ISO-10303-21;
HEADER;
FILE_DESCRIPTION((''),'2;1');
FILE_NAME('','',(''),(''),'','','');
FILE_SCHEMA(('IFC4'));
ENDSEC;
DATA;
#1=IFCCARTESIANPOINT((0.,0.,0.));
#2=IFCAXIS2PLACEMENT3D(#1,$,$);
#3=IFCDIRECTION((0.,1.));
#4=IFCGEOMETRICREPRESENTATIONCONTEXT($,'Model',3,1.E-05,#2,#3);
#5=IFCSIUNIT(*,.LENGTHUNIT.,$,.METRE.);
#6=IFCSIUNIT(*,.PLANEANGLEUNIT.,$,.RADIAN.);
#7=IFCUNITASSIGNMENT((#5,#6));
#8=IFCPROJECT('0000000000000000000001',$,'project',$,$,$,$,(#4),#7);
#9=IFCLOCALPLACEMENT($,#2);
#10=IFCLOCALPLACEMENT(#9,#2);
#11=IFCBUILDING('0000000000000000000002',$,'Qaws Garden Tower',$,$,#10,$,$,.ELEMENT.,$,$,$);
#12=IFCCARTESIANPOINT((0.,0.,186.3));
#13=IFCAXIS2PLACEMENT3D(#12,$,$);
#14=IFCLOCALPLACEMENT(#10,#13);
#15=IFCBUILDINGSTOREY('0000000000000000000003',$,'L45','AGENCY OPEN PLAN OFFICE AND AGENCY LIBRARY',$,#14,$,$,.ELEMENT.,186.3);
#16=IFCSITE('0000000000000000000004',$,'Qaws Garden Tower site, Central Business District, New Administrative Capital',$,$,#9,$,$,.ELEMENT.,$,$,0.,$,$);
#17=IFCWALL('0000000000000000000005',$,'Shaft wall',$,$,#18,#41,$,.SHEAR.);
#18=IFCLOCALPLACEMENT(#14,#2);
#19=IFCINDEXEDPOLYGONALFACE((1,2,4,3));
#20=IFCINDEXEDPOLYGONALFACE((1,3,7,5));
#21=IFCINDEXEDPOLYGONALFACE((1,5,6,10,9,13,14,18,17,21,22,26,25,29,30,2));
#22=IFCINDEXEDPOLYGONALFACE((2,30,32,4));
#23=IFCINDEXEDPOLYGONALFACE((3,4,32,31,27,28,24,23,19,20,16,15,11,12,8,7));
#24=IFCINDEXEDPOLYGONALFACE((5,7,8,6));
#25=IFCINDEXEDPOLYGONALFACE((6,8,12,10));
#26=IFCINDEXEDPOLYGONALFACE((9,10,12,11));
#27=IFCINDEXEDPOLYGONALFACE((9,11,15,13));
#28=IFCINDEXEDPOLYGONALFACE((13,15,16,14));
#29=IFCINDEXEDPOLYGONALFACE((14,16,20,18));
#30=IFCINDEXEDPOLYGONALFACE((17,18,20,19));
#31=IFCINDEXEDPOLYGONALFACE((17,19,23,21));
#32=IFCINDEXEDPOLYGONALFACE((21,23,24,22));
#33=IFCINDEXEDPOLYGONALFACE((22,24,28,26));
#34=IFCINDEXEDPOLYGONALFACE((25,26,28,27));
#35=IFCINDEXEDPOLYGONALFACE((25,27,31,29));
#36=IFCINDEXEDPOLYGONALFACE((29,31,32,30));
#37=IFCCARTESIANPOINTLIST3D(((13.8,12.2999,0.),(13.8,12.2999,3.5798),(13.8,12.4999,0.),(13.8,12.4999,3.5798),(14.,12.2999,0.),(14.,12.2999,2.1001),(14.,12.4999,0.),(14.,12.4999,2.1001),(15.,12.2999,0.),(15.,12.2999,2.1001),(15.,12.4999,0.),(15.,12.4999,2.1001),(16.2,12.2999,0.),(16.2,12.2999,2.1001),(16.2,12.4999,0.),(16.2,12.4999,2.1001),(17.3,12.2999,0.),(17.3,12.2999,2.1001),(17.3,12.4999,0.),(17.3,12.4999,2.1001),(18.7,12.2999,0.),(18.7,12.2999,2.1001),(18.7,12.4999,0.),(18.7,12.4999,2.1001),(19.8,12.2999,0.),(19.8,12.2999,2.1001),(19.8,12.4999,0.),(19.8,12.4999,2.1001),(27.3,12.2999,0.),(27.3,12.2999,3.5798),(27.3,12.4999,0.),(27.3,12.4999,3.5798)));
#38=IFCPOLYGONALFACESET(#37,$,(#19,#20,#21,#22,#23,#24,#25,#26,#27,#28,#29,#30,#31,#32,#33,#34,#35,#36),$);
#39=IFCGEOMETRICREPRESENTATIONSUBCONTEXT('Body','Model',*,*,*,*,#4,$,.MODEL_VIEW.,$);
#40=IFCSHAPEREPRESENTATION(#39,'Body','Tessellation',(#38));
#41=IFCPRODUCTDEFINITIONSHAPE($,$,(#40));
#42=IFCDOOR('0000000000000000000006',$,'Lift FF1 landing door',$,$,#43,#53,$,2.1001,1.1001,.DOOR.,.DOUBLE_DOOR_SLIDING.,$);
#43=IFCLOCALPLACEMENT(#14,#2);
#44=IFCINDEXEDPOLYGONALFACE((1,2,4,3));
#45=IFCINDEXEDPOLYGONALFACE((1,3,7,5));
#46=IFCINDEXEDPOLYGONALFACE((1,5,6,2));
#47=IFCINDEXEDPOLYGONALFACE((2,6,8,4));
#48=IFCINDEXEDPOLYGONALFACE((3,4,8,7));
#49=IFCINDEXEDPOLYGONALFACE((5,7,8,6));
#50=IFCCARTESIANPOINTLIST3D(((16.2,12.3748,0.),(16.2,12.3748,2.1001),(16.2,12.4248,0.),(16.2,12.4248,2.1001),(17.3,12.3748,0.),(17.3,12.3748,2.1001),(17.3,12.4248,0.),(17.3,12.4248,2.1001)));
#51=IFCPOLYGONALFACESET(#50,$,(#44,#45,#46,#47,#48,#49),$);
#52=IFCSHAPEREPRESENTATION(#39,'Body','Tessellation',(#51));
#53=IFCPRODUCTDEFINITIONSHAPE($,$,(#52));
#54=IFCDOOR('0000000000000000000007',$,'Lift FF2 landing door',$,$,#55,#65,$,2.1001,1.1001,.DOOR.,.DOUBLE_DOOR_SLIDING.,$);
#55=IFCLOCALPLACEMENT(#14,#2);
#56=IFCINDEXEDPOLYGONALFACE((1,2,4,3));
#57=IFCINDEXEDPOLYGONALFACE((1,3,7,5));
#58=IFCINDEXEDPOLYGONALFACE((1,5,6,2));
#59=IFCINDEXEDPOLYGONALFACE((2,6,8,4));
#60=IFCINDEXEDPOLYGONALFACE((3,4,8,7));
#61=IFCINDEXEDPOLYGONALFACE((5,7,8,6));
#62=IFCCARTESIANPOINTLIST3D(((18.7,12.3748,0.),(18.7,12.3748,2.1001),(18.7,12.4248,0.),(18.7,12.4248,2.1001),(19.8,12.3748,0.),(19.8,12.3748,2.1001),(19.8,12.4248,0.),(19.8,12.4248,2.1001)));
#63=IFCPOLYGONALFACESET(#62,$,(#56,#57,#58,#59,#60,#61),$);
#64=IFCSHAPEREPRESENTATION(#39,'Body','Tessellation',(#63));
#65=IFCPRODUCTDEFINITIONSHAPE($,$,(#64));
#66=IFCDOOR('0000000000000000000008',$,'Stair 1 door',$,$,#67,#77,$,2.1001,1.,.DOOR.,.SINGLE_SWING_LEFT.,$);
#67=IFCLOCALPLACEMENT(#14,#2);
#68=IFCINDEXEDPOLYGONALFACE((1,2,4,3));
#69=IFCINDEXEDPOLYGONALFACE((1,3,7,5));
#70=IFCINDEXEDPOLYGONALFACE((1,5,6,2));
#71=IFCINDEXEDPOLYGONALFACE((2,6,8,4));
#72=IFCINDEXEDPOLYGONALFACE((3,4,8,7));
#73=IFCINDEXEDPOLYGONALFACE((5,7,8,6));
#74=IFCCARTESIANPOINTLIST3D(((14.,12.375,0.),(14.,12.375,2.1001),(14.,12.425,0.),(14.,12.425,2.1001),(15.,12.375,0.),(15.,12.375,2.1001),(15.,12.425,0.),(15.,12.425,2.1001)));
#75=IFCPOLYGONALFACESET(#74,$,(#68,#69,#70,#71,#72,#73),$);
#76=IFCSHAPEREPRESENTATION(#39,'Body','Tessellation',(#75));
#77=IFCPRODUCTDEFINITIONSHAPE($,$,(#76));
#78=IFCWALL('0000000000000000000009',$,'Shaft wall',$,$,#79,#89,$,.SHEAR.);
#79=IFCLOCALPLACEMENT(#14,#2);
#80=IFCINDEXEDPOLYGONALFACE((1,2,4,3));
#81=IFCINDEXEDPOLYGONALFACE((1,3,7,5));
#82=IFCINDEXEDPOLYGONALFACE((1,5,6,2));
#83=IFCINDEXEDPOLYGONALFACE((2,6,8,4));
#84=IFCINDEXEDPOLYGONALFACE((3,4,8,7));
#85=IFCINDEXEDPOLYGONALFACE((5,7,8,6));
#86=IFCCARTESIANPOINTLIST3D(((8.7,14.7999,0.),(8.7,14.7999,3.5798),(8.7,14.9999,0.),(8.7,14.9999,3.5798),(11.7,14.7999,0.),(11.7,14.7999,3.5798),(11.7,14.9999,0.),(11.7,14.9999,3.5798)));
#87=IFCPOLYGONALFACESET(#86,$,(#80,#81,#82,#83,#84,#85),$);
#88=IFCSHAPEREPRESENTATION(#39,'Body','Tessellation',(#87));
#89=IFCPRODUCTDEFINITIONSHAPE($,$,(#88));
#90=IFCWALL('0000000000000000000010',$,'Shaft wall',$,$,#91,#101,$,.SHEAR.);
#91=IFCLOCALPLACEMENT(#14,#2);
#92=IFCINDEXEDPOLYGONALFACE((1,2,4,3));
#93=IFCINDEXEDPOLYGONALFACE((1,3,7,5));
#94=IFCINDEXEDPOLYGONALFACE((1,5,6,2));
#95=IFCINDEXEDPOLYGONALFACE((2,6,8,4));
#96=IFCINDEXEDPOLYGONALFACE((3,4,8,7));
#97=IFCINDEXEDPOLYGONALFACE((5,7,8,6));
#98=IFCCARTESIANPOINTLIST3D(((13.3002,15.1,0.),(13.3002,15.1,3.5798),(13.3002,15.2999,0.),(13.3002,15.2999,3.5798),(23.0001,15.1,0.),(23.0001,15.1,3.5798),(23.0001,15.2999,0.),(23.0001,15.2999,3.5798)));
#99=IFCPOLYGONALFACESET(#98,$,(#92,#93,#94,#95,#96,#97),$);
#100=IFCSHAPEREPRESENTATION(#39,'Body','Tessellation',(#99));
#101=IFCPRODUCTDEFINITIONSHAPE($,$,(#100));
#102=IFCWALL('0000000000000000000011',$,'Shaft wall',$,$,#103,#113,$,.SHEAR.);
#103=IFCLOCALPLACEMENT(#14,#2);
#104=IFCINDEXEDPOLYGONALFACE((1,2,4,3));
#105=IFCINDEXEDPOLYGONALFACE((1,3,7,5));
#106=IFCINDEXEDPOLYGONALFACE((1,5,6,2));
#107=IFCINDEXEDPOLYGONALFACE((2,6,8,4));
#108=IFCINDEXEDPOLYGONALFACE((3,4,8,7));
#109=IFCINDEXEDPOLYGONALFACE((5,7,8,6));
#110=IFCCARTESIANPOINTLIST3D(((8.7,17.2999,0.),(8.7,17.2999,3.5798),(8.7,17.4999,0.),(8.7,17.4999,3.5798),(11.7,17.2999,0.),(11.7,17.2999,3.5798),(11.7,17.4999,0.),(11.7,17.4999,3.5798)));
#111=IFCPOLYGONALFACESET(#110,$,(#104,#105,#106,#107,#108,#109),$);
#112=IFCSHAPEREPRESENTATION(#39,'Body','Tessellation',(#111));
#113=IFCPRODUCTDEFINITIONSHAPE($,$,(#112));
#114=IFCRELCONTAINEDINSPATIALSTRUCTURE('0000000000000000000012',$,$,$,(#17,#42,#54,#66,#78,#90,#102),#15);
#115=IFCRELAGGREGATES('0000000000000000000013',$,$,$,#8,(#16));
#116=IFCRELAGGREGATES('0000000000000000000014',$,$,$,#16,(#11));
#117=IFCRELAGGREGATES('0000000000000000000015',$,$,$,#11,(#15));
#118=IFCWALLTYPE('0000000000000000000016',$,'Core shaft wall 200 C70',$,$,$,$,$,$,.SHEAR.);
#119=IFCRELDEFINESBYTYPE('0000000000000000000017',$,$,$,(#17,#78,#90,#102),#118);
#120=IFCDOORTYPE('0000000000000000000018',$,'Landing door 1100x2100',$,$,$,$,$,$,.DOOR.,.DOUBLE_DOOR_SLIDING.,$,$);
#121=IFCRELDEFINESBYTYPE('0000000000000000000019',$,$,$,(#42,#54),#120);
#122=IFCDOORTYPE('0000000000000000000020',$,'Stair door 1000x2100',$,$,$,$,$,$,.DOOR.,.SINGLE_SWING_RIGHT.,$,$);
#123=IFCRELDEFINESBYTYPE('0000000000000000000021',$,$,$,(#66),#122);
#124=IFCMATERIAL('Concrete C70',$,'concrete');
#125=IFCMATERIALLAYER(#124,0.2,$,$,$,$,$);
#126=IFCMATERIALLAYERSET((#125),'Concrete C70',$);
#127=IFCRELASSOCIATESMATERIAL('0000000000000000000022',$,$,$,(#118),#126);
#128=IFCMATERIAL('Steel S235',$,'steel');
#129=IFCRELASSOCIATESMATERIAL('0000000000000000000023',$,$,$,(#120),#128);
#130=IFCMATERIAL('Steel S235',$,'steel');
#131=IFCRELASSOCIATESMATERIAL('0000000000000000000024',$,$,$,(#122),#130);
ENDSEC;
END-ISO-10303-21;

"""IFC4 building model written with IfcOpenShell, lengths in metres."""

from ifc_helpers import new_model, si_unit, direction, frame, frame_2d, origin, place, context, subcontext, project, spatial, rectangle, extrude, material, layer, layer_set, type_object, element, fill, save


model = new_model("IFC4")

# Units and contexts
model_context = context("Model", 3, precision=1e-05, world=origin(), true_north=direction((0.0, 1.0)))
body_context = subcontext(model_context, "Body", "Model", "MODEL_VIEW")
ifc_project = project(units=[si_unit("LENGTHUNIT", "METRE"), si_unit("PLANEANGLEUNIT", "RADIAN")], contexts=[model_context])

# Site, building, storey
site_placement = place(None, origin())
site = spatial("IfcSite", under=ifc_project, at=site_placement, Name="Qaws Garden Tower site, Central Business District, New Administrative Capital", CompositionType="ELEMENT", RefElevation=0.0)
building_placement = place(site_placement, origin())
building = spatial("IfcBuilding", under=site, at=building_placement, Name="Qaws Garden Tower", CompositionType="ELEMENT")
storey_placement = place(building_placement, frame((0.0, 0.0, 186.3)))
storey = spatial("IfcBuildingStorey", under=building, at=storey_placement, Name="L45", Description="AGENCY OPEN PLAN OFFICE AND AGENCY LIBRARY", CompositionType="ELEMENT", Elevation=186.3)

# Shared definitions
ifc_material_1 = material(Name="Concrete C70", Category="concrete")
ifc_layer_1 = layer(ifc_material_1, 0.2)
ifc_layer_set_1 = layer_set([ifc_layer_1], Name="Concrete C70")
wall_type_1 = type_object("IfcWallType", Name="Core shaft wall 200 C70", PredefinedType="SHEAR", material=ifc_layer_set_1)

# Wall, openings, doors
wall_1_placement = place(storey_placement, frame((13.8, 12.3999, 0.0), z_axis=(0.0, 0.0, 1.0), x_axis=(1.0, 0.0, 0.0)))
wall_1 = element("IfcWall", 1, at=wall_1_placement, inside=storey, type_object=wall_type_1, Name="Shaft wall", PredefinedType="SHEAR", context=body_context, shape_type="SweptSolid", body=[
    extrude(rectangle(XDim=13.5, YDim=0.2, at=frame_2d((6.75, 0.0))), origin(), (0.0, 0.0, 1.0), 3.5798),
])
opening_1_placement = place(wall_1_placement, frame((2.3999, 0.0, 0.0)))
opening_1 = element("IfcOpeningElement", 2, at=opening_1_placement, cuts=wall_1, PredefinedType="OPENING", context=body_context, shape_type="SweptSolid", body=[
    extrude(rectangle(XDim=1.1001, YDim=2.1001, at=frame_2d((0.55, 1.05))), frame((0.0, 0.1099, 0.0), z_axis=(0.0, -1.0, 0.0), x_axis=(1.0, 0.0, 0.0)), (0.0, 0.0, 1.0), 0.22),
])
opening_2_placement = place(wall_1_placement, frame((4.8999, 0.0, 0.0)))
opening_2 = element("IfcOpeningElement", 3, at=opening_2_placement, cuts=wall_1, PredefinedType="OPENING", context=body_context, shape_type="SweptSolid", body=[
    extrude(rectangle(XDim=1.1001, YDim=2.1001, at=frame_2d((0.55, 1.05))), frame((0.0, 0.1099, 0.0), z_axis=(0.0, -1.0, 0.0), x_axis=(1.0, 0.0, 0.0)), (0.0, 0.0, 1.0), 0.22),
])
opening_3_placement = place(wall_1_placement, frame((0.2, 0.0, 0.0)))
opening_3 = element("IfcOpeningElement", 4, at=opening_3_placement, cuts=wall_1, PredefinedType="OPENING", context=body_context, shape_type="SweptSolid", body=[
    extrude(rectangle(XDim=1.0, YDim=2.1001, at=frame_2d((0.5, 1.05))), frame((0.0, 0.1099, 0.0), z_axis=(0.0, -1.0, 0.0), x_axis=(1.0, 0.0, 0.0)), (0.0, 0.0, 1.0), 0.22),
])
ifc_material_2 = material(Name="Steel S235", Category="steel")
door_type_1 = type_object("IfcDoorType", Name="Landing door 1100x2100", OperationType="DOUBLE_DOOR_SLIDING", PredefinedType="DOOR", material=ifc_material_2)
door_1_placement = place(opening_1_placement, origin())
door_1 = element("IfcDoor", 5, at=door_1_placement, inside=storey, type_object=door_type_1, Name="Lift FF1 landing door", OperationType="DOUBLE_DOOR_SLIDING", OverallHeight=2.1001, OverallWidth=1.1001, PredefinedType="DOOR", context=body_context, shape_type="SweptSolid", body=[
    extrude(rectangle(XDim=1.1001, YDim=2.1001, at=frame_2d((0.55, 1.05))), frame((0.0, 0.0249, 0.0), z_axis=(0.0, -1.0, 0.0), x_axis=(1.0, 0.0, 0.0)), (0.0, 0.0, 1.0), 0.05),
])
fill(opening_1, door_1)
door_2_placement = place(opening_2_placement, origin())
door_2 = element("IfcDoor", 6, at=door_2_placement, inside=storey, type_object=door_type_1, Name="Lift FF2 landing door", OperationType="DOUBLE_DOOR_SLIDING", OverallHeight=2.1001, OverallWidth=1.1001, PredefinedType="DOOR", context=body_context, shape_type="SweptSolid", body=[
    extrude(rectangle(XDim=1.1001, YDim=2.1001, at=frame_2d((0.55, 1.05))), frame((0.0, 0.0249, 0.0), z_axis=(0.0, -1.0, 0.0), x_axis=(1.0, 0.0, 0.0)), (0.0, 0.0, 1.0), 0.05),
])
fill(opening_2, door_2)
ifc_material_3 = material(Name="Steel S235", Category="steel")
door_type_2 = type_object("IfcDoorType", Name="Stair door 1000x2100", OperationType="SINGLE_SWING_RIGHT", PredefinedType="DOOR", material=ifc_material_3)
door_3_placement = place(opening_3_placement, frame((1.0, 0.0, 0.0), z_axis=(0.0, 0.0, 1.0), x_axis=(-1.0, 0.0, 0.0)))
door_3 = element("IfcDoor", 7, at=door_3_placement, inside=storey, type_object=door_type_2, Name="Stair 1 door", OperationType="SINGLE_SWING_LEFT", OverallHeight=2.1001, OverallWidth=1.0, PredefinedType="DOOR", context=body_context, shape_type="SweptSolid", body=[
    extrude(rectangle(XDim=1.0, YDim=2.1001, at=frame_2d((0.5, 1.05))), frame((0.0, 0.0249, 0.0), z_axis=(0.0, -1.0, 0.0), x_axis=(1.0, 0.0, 0.0)), (0.0, 0.0, 1.0), 0.05),
])
fill(opening_3, door_3)

# Walls
wall_2_placement = place(storey_placement, frame((8.7, 14.8999, 0.0), z_axis=(0.0, 0.0, 1.0), x_axis=(1.0, 0.0, 0.0)))
element("IfcWall", 8, at=wall_2_placement, inside=storey, type_object=wall_type_1, Name="Shaft wall", PredefinedType="SHEAR", context=body_context, shape_type="SweptSolid", body=[
    extrude(rectangle(XDim=3.0, YDim=0.2, at=frame_2d((1.5, 0.0))), origin(), (0.0, 0.0, 1.0), 3.5798),
])
wall_3_placement = place(storey_placement, frame((13.3, 15.2, 0.0), z_axis=(0.0, 0.0, 1.0), x_axis=(1.0, 0.0, 0.0)))
element("IfcWall", 9, at=wall_3_placement, inside=storey, type_object=wall_type_1, Name="Shaft wall", PredefinedType="SHEAR", context=body_context, shape_type="SweptSolid", body=[
    extrude(rectangle(XDim=9.7, YDim=0.2, at=frame_2d((4.8501, 0.0))), origin(), (0.0, 0.0, 1.0), 3.5798),
])
wall_4_placement = place(storey_placement, frame((8.7, 17.3999, 0.0), z_axis=(0.0, 0.0, 1.0), x_axis=(1.0, 0.0, 0.0)))
element("IfcWall", 10, at=wall_4_placement, inside=storey, type_object=wall_type_1, Name="Shaft wall", PredefinedType="SHEAR", context=body_context, shape_type="SweptSolid", body=[
    extrude(rectangle(XDim=3.0, YDim=0.2, at=frame_2d((1.5, 0.0))), origin(), (0.0, 0.0, 1.0), 3.5798),
])

save(model, "model.ifc")
